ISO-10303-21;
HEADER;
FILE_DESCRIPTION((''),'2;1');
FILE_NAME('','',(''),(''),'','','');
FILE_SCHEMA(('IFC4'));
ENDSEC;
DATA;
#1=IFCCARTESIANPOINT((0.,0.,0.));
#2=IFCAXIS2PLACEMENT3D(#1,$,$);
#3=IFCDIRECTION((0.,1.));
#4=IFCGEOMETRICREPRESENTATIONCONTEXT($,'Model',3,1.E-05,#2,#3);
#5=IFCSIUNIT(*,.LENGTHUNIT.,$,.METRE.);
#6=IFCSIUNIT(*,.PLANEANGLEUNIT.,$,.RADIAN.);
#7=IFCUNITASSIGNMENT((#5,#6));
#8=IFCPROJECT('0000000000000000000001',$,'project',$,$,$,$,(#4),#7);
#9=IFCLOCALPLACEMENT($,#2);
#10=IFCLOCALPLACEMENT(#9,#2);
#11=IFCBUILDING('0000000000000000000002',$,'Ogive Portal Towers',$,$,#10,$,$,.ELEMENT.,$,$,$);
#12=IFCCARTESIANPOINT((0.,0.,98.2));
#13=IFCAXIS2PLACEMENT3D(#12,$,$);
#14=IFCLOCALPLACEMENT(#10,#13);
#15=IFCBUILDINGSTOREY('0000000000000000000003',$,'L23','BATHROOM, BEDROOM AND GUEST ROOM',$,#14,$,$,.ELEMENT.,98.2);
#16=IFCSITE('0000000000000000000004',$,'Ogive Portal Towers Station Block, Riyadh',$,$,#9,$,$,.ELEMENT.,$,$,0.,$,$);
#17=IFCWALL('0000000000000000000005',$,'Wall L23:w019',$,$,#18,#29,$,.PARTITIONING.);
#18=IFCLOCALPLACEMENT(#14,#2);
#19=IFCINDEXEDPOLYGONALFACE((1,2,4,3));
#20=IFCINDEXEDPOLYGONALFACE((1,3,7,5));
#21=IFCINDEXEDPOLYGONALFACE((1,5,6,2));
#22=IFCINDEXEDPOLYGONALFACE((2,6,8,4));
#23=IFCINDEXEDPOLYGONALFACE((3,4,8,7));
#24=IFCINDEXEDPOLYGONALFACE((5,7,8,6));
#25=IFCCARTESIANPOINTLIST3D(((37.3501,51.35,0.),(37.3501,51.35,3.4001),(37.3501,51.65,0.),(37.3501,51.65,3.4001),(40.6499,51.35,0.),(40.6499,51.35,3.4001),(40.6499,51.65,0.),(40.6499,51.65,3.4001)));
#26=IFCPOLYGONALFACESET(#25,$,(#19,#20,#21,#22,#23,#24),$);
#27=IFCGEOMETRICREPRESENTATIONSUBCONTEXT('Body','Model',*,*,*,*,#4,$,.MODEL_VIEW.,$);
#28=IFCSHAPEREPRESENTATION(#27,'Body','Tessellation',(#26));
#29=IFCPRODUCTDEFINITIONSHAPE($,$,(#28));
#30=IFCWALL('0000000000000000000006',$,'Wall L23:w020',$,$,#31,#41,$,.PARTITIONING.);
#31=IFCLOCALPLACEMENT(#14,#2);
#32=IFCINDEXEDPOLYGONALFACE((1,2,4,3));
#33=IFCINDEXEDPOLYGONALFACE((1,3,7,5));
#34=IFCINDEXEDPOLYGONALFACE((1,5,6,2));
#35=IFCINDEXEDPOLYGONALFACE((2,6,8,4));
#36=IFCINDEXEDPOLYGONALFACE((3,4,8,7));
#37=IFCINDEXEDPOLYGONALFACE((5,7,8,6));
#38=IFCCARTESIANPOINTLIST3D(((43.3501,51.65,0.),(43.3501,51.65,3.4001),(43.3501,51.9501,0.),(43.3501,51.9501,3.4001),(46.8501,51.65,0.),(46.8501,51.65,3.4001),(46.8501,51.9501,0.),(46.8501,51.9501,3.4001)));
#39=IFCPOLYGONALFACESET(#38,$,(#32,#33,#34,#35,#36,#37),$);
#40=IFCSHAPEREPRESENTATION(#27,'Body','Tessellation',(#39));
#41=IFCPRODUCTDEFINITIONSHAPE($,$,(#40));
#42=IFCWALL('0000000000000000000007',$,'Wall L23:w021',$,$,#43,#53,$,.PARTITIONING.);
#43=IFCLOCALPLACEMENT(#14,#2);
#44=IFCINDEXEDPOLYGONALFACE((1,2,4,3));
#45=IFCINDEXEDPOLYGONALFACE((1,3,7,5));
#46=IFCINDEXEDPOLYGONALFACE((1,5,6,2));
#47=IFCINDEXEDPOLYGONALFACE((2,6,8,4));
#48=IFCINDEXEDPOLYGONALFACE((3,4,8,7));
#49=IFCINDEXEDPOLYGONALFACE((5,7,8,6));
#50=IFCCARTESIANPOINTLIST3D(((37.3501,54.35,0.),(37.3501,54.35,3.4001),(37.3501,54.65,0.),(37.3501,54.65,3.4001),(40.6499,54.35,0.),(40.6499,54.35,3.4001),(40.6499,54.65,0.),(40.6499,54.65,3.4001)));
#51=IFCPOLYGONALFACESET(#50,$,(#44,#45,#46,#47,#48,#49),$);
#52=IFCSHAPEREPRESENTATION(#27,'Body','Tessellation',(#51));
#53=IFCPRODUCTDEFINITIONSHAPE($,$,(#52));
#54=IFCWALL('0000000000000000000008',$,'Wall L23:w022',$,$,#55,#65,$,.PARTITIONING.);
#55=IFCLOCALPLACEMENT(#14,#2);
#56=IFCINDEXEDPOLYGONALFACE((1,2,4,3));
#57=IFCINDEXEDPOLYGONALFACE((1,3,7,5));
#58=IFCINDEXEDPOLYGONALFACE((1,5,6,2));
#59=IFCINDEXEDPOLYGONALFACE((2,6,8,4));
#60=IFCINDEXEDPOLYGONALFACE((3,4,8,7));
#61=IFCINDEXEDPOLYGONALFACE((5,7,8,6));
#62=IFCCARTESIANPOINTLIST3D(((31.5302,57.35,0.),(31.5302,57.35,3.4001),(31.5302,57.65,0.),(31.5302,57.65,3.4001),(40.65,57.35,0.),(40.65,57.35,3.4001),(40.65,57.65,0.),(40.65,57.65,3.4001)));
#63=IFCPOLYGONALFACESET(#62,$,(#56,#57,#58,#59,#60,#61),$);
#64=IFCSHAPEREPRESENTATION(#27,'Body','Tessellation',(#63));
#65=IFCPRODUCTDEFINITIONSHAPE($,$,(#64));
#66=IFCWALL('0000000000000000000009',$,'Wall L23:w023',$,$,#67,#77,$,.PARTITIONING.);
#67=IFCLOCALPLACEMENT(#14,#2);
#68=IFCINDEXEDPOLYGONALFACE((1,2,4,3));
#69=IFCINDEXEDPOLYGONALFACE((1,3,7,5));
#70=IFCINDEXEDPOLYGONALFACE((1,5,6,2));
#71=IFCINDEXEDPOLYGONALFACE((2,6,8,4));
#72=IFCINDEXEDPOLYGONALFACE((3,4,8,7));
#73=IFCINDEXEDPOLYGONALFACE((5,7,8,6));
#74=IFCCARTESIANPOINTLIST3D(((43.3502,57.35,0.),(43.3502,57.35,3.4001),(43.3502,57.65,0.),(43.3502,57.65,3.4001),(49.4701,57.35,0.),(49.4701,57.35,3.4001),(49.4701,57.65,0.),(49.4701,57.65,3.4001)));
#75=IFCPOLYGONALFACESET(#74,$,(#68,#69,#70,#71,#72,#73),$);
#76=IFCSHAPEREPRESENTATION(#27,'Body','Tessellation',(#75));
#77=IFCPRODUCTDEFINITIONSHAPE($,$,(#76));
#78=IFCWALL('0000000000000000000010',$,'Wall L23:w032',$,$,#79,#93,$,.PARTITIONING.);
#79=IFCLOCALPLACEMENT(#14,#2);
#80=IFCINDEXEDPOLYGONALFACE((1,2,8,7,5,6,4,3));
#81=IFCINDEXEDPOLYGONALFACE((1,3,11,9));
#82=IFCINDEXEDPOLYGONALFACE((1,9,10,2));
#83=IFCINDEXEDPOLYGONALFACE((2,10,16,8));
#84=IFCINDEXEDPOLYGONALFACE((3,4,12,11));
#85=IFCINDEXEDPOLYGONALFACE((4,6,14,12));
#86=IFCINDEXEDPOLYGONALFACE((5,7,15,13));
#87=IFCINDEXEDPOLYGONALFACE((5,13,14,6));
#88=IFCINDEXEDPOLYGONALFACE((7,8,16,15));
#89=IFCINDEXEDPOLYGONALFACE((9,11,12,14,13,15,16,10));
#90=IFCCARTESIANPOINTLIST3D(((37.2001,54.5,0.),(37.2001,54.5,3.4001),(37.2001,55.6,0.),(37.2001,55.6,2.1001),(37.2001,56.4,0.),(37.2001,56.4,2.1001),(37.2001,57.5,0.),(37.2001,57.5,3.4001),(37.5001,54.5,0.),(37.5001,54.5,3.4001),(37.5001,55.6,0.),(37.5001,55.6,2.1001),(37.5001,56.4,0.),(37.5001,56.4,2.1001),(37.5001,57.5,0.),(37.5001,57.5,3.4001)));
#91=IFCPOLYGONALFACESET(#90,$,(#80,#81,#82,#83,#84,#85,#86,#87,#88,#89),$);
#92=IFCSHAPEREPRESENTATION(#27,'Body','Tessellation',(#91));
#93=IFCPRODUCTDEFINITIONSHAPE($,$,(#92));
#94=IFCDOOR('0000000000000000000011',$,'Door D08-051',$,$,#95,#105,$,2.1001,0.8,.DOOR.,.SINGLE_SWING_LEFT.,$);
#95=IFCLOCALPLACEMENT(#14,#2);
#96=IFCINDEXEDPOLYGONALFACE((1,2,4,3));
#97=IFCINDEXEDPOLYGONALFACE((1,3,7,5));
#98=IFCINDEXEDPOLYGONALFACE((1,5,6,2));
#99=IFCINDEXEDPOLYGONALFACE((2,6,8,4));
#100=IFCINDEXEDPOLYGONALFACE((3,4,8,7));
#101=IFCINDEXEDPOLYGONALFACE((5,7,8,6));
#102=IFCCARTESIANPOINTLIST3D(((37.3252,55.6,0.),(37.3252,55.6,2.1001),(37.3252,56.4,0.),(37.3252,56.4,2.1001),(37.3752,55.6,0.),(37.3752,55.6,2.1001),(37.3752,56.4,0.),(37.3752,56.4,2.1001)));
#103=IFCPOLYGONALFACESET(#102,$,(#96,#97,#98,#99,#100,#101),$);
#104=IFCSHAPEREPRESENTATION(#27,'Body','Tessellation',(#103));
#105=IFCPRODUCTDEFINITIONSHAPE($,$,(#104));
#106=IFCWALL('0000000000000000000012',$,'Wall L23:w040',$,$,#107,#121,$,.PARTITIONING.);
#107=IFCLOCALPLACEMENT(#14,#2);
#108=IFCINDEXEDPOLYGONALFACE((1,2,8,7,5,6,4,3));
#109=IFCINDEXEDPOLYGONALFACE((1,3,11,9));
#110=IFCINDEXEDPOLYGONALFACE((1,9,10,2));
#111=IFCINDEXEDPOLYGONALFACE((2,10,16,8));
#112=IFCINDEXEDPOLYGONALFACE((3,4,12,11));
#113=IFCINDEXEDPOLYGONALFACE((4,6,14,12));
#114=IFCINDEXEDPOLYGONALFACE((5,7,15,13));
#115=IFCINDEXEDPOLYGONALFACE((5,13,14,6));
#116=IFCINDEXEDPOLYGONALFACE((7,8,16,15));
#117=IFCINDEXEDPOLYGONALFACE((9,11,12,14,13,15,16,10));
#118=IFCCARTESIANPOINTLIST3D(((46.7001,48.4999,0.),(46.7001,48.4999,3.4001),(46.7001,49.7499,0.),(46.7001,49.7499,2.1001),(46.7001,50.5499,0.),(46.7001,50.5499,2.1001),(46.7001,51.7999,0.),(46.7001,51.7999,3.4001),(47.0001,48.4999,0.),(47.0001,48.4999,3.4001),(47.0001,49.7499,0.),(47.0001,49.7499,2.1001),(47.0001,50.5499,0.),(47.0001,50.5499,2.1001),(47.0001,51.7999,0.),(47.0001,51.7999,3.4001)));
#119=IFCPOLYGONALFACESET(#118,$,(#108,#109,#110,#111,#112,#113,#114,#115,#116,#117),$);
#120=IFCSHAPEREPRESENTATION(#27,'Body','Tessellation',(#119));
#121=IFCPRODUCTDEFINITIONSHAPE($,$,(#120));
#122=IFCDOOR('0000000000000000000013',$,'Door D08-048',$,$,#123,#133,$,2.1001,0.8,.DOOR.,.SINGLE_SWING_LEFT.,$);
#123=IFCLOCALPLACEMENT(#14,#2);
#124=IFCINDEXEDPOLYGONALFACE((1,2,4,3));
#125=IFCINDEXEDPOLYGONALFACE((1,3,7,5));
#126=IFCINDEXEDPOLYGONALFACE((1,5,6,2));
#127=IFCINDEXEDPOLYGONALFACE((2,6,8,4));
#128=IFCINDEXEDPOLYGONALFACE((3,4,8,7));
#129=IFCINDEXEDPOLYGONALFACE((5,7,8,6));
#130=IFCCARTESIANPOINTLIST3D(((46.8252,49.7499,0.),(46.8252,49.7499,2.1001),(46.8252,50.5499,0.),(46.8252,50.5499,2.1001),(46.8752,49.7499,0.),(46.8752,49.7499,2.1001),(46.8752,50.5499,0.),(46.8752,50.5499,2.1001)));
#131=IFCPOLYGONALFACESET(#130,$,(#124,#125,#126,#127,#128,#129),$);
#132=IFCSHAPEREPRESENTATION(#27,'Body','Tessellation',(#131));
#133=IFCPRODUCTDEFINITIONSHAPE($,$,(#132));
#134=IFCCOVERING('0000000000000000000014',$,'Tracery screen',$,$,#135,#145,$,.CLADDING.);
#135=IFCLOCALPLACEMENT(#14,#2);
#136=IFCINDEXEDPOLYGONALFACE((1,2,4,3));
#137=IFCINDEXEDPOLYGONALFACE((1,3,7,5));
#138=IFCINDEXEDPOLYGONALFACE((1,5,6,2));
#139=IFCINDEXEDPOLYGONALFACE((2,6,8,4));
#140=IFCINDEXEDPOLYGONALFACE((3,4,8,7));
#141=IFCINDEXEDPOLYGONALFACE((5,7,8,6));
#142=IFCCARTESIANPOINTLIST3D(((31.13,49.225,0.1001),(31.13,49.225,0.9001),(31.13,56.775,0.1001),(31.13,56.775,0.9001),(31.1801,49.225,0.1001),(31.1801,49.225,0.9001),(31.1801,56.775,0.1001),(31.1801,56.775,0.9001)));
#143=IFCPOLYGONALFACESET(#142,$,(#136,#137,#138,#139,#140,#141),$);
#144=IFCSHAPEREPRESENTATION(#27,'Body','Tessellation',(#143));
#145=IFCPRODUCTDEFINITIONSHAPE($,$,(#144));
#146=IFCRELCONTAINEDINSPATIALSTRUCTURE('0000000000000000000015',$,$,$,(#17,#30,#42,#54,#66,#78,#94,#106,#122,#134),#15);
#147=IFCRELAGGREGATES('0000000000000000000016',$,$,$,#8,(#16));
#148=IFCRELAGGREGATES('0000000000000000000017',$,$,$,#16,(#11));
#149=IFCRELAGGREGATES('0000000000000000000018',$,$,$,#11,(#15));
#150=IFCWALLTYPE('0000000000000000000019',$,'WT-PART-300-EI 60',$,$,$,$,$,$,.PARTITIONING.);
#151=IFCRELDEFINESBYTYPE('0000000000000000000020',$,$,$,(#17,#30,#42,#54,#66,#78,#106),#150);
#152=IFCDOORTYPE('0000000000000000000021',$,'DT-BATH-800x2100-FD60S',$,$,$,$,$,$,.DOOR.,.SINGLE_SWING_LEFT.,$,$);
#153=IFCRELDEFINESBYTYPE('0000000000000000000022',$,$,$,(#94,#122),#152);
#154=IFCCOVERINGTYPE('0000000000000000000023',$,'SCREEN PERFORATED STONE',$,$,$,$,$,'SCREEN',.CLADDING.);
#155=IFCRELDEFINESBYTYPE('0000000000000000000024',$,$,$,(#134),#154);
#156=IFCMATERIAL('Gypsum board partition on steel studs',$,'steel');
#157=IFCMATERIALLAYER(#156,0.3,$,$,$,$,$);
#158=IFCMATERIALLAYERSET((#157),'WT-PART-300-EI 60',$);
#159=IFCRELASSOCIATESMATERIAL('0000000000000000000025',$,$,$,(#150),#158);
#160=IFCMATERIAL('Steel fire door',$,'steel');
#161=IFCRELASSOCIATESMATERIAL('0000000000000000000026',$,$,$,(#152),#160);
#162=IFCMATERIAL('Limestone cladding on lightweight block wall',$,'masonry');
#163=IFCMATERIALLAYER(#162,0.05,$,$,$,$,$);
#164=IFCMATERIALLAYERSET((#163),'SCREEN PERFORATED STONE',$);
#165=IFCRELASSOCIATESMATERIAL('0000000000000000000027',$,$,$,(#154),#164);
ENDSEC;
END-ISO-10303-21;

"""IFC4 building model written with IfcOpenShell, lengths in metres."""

from ifc_helpers import new_model, si_unit, direction, frame, frame_2d, origin, origin_2d, place, context, subcontext, project, spatial, rectangle, extrude, material, layer, layer_set, type_object, element, fill, save


model = new_model("IFC4")

# Units and contexts
model_context = context("Model", 3, precision=1e-05, world=origin(), true_north=direction((0.0, 1.0)))
body_context = subcontext(model_context, "Body", "Model", "MODEL_VIEW")
ifc_project = project(units=[si_unit("LENGTHUNIT", "METRE"), si_unit("PLANEANGLEUNIT", "RADIAN")], contexts=[model_context])

# Site, building, storey
site_placement = place(None, origin())
site = spatial("IfcSite", under=ifc_project, at=site_placement, Name="Ogive Portal Towers Station Block, Riyadh", CompositionType="ELEMENT", RefElevation=0.0)
building_placement = place(site_placement, origin())
building = spatial("IfcBuilding", under=site, at=building_placement, Name="Ogive Portal Towers", CompositionType="ELEMENT")
storey_placement = place(building_placement, frame((0.0, 0.0, 98.2)))
storey = spatial("IfcBuildingStorey", under=building, at=storey_placement, Name="L23", Description="BATHROOM, BEDROOM AND GUEST ROOM", CompositionType="ELEMENT", Elevation=98.2)

# Shared definitions
ifc_material_1 = material(Name="Limestone cladding on lightweight block wall", Category="masonry")

# Walls
ifc_material_2 = material(Name="Gypsum board partition on steel studs", Category="steel")
ifc_layer_1 = layer(ifc_material_2, 0.3)
ifc_layer_set_1 = layer_set([ifc_layer_1], Name="WT-PART-300-EI 60")
wall_type_1 = type_object("IfcWallType", Name="WT-PART-300-EI 60", PredefinedType="PARTITIONING", material=ifc_layer_set_1)
wall_1_placement = place(storey_placement, frame((37.3501, 51.5, 0.0), z_axis=(0.0, 0.0, 1.0), x_axis=(1.0, 0.0, 0.0)))
element("IfcWall", 1, at=wall_1_placement, inside=storey, type_object=wall_type_1, Name="Wall L23:w019", PredefinedType="PARTITIONING", context=body_context, shape_type="SweptSolid", body=[
    extrude(rectangle(XDim=3.2998, YDim=0.3, at=frame_2d((1.6499, 0.0))), origin(), (0.0, 0.0, 1.0), 3.4001),
])
wall_2_placement = place(storey_placement, frame((43.3501, 51.8, 0.0), z_axis=(0.0, 0.0, 1.0), x_axis=(1.0, 0.0, 0.0)))
element("IfcWall", 2, at=wall_2_placement, inside=storey, type_object=wall_type_1, Name="Wall L23:w020", PredefinedType="PARTITIONING", context=body_context, shape_type="SweptSolid", body=[
    extrude(rectangle(XDim=3.5, YDim=0.3, at=frame_2d((1.75, 0.0))), origin(), (0.0, 0.0, 1.0), 3.4001),
])
wall_3_placement = place(storey_placement, frame((37.3501, 54.5, 0.0), z_axis=(0.0, 0.0, 1.0), x_axis=(1.0, 0.0, 0.0)))
element("IfcWall", 3, at=wall_3_placement, inside=storey, type_object=wall_type_1, Name="Wall L23:w021", PredefinedType="PARTITIONING", context=body_context, shape_type="SweptSolid", body=[
    extrude(rectangle(XDim=3.2998, YDim=0.3, at=frame_2d((1.6499, 0.0))), origin(), (0.0, 0.0, 1.0), 3.4001),
])
wall_4_placement = place(storey_placement, frame((31.53, 57.5, 0.0), z_axis=(0.0, 0.0, 1.0), x_axis=(1.0, 0.0, 0.0)))
element("IfcWall", 4, at=wall_4_placement, inside=storey, type_object=wall_type_1, Name="Wall L23:w022", PredefinedType="PARTITIONING", context=body_context, shape_type="SweptSolid", body=[
    extrude(rectangle(XDim=9.1199, YDim=0.3, at=frame_2d((4.5601, 0.0))), origin(), (0.0, 0.0, 1.0), 3.4001),
])
wall_5_placement = place(storey_placement, frame((43.3501, 57.5, 0.0), z_axis=(0.0, 0.0, 1.0), x_axis=(1.0, 0.0, 0.0)))
element("IfcWall", 5, at=wall_5_placement, inside=storey, type_object=wall_type_1, Name="Wall L23:w023", PredefinedType="PARTITIONING", context=body_context, shape_type="SweptSolid", body=[
    extrude(rectangle(XDim=6.1199, YDim=0.3, at=frame_2d((3.0601, 0.0))), origin(), (0.0, 0.0, 1.0), 3.4001),
])

# Walls, openings, doors
wall_6_placement = place(storey_placement, frame((37.3501, 54.5, 0.0), z_axis=(0.0, 0.0, 1.0), x_axis=(0.0, 1.0, 0.0)))
wall_6 = element("IfcWall", 6, at=wall_6_placement, inside=storey, type_object=wall_type_1, Name="Wall L23:w032", PredefinedType="PARTITIONING", context=body_context, shape_type="SweptSolid", body=[
    extrude(rectangle(XDim=3.0, YDim=0.3, at=frame_2d((1.5, 0.0))), origin(), (0.0, 0.0, 1.0), 3.4001),
])
opening_1_placement = place(wall_6_placement, frame((1.1001, 0.0, 0.0)))
opening_1 = element("IfcOpeningElement", 7, at=opening_1_placement, cuts=wall_6, PredefinedType="OPENING", context=body_context, shape_type="SweptSolid", body=[
    extrude(rectangle(XDim=0.8, YDim=2.1001, at=frame_2d((0.3999, 1.05))), frame((0.0, 0.1602, 0.0), z_axis=(0.0, -1.0, 0.0), x_axis=(1.0, 0.0, 0.0)), (0.0, 0.0, 1.0), 0.3201),
])
ifc_material_3 = material(Name="Steel fire door", Category="steel")
door_type = type_object("IfcDoorType", Name="DT-BATH-800x2100-FD60S", OperationType="SINGLE_SWING_LEFT", PredefinedType="DOOR", material=ifc_material_3)
door_1_placement = place(opening_1_placement, origin())
door_1 = element("IfcDoor", 8, at=door_1_placement, inside=storey, type_object=door_type, Name="Door D08-051", OperationType="SINGLE_SWING_LEFT", OverallHeight=2.1001, OverallWidth=0.8, PredefinedType="DOOR", context=body_context, shape_type="SweptSolid", body=[
    extrude(rectangle(XDim=0.8, YDim=2.1001, at=frame_2d((0.3999, 1.05))), frame((0.0, 0.0249, 0.0), z_axis=(0.0, -1.0, 0.0), x_axis=(1.0, 0.0, 0.0)), (0.0, 0.0, 1.0), 0.05),
])
fill(opening_1, door_1)
wall_7_placement = place(storey_placement, frame((46.8501, 48.5, 0.0), z_axis=(0.0, 0.0, 1.0), x_axis=(0.0, 1.0, 0.0)))
wall_7 = element("IfcWall", 9, at=wall_7_placement, inside=storey, type_object=wall_type_1, Name="Wall L23:w040", PredefinedType="PARTITIONING", context=body_context, shape_type="SweptSolid", body=[
    extrude(rectangle(XDim=3.3, YDim=0.3, at=frame_2d((1.6499, 0.0))), origin(), (0.0, 0.0, 1.0), 3.4001),
])
opening_2_placement = place(wall_7_placement, frame((1.25, 0.0, 0.0)))
opening_2 = element("IfcOpeningElement", 10, at=opening_2_placement, cuts=wall_7, PredefinedType="OPENING", context=body_context, shape_type="SweptSolid", body=[
    extrude(rectangle(XDim=0.8, YDim=2.1001, at=frame_2d((0.3999, 1.05))), frame((0.0, 0.1602, 0.0), z_axis=(0.0, -1.0, 0.0), x_axis=(1.0, 0.0, 0.0)), (0.0, 0.0, 1.0), 0.3201),
])
door_2_placement = place(opening_2_placement, origin())
door_2 = element("IfcDoor", 11, at=door_2_placement, inside=storey, type_object=door_type, Name="Door D08-048", OperationType="SINGLE_SWING_LEFT", OverallHeight=2.1001, OverallWidth=0.8, PredefinedType="DOOR", context=body_context, shape_type="SweptSolid", body=[
    extrude(rectangle(XDim=0.8, YDim=2.1001, at=frame_2d((0.3999, 1.05))), frame((0.0, 0.0249, 0.0), z_axis=(0.0, -1.0, 0.0), x_axis=(1.0, 0.0, 0.0)), (0.0, 0.0, 1.0), 0.05),
])
fill(opening_2, door_2)

# Covering
ifc_layer_2 = layer(ifc_material_1, 0.05)
ifc_layer_set_2 = layer_set([ifc_layer_2], Name="SCREEN PERFORATED STONE")
covering_type = type_object("IfcCoveringType", Name="SCREEN PERFORATED STONE", ElementType="SCREEN", PredefinedType="CLADDING", material=ifc_layer_set_2)
covering_placement = place(storey_placement, frame((31.155, 53.0, 0.1001), z_axis=(0.0, 0.0, 1.0), x_axis=(0.0, -1.0, 0.0)))
element("IfcCovering", 12, at=covering_placement, inside=storey, type_object=covering_type, Name="Tracery screen", PredefinedType="CLADDING", context=body_context, shape_type="SweptSolid", body=[
    extrude(rectangle(XDim=7.55, YDim=0.05, at=origin_2d()), origin(), (0.0, 0.0, 1.0), 0.8),
])

save(model, "model.ifc")
